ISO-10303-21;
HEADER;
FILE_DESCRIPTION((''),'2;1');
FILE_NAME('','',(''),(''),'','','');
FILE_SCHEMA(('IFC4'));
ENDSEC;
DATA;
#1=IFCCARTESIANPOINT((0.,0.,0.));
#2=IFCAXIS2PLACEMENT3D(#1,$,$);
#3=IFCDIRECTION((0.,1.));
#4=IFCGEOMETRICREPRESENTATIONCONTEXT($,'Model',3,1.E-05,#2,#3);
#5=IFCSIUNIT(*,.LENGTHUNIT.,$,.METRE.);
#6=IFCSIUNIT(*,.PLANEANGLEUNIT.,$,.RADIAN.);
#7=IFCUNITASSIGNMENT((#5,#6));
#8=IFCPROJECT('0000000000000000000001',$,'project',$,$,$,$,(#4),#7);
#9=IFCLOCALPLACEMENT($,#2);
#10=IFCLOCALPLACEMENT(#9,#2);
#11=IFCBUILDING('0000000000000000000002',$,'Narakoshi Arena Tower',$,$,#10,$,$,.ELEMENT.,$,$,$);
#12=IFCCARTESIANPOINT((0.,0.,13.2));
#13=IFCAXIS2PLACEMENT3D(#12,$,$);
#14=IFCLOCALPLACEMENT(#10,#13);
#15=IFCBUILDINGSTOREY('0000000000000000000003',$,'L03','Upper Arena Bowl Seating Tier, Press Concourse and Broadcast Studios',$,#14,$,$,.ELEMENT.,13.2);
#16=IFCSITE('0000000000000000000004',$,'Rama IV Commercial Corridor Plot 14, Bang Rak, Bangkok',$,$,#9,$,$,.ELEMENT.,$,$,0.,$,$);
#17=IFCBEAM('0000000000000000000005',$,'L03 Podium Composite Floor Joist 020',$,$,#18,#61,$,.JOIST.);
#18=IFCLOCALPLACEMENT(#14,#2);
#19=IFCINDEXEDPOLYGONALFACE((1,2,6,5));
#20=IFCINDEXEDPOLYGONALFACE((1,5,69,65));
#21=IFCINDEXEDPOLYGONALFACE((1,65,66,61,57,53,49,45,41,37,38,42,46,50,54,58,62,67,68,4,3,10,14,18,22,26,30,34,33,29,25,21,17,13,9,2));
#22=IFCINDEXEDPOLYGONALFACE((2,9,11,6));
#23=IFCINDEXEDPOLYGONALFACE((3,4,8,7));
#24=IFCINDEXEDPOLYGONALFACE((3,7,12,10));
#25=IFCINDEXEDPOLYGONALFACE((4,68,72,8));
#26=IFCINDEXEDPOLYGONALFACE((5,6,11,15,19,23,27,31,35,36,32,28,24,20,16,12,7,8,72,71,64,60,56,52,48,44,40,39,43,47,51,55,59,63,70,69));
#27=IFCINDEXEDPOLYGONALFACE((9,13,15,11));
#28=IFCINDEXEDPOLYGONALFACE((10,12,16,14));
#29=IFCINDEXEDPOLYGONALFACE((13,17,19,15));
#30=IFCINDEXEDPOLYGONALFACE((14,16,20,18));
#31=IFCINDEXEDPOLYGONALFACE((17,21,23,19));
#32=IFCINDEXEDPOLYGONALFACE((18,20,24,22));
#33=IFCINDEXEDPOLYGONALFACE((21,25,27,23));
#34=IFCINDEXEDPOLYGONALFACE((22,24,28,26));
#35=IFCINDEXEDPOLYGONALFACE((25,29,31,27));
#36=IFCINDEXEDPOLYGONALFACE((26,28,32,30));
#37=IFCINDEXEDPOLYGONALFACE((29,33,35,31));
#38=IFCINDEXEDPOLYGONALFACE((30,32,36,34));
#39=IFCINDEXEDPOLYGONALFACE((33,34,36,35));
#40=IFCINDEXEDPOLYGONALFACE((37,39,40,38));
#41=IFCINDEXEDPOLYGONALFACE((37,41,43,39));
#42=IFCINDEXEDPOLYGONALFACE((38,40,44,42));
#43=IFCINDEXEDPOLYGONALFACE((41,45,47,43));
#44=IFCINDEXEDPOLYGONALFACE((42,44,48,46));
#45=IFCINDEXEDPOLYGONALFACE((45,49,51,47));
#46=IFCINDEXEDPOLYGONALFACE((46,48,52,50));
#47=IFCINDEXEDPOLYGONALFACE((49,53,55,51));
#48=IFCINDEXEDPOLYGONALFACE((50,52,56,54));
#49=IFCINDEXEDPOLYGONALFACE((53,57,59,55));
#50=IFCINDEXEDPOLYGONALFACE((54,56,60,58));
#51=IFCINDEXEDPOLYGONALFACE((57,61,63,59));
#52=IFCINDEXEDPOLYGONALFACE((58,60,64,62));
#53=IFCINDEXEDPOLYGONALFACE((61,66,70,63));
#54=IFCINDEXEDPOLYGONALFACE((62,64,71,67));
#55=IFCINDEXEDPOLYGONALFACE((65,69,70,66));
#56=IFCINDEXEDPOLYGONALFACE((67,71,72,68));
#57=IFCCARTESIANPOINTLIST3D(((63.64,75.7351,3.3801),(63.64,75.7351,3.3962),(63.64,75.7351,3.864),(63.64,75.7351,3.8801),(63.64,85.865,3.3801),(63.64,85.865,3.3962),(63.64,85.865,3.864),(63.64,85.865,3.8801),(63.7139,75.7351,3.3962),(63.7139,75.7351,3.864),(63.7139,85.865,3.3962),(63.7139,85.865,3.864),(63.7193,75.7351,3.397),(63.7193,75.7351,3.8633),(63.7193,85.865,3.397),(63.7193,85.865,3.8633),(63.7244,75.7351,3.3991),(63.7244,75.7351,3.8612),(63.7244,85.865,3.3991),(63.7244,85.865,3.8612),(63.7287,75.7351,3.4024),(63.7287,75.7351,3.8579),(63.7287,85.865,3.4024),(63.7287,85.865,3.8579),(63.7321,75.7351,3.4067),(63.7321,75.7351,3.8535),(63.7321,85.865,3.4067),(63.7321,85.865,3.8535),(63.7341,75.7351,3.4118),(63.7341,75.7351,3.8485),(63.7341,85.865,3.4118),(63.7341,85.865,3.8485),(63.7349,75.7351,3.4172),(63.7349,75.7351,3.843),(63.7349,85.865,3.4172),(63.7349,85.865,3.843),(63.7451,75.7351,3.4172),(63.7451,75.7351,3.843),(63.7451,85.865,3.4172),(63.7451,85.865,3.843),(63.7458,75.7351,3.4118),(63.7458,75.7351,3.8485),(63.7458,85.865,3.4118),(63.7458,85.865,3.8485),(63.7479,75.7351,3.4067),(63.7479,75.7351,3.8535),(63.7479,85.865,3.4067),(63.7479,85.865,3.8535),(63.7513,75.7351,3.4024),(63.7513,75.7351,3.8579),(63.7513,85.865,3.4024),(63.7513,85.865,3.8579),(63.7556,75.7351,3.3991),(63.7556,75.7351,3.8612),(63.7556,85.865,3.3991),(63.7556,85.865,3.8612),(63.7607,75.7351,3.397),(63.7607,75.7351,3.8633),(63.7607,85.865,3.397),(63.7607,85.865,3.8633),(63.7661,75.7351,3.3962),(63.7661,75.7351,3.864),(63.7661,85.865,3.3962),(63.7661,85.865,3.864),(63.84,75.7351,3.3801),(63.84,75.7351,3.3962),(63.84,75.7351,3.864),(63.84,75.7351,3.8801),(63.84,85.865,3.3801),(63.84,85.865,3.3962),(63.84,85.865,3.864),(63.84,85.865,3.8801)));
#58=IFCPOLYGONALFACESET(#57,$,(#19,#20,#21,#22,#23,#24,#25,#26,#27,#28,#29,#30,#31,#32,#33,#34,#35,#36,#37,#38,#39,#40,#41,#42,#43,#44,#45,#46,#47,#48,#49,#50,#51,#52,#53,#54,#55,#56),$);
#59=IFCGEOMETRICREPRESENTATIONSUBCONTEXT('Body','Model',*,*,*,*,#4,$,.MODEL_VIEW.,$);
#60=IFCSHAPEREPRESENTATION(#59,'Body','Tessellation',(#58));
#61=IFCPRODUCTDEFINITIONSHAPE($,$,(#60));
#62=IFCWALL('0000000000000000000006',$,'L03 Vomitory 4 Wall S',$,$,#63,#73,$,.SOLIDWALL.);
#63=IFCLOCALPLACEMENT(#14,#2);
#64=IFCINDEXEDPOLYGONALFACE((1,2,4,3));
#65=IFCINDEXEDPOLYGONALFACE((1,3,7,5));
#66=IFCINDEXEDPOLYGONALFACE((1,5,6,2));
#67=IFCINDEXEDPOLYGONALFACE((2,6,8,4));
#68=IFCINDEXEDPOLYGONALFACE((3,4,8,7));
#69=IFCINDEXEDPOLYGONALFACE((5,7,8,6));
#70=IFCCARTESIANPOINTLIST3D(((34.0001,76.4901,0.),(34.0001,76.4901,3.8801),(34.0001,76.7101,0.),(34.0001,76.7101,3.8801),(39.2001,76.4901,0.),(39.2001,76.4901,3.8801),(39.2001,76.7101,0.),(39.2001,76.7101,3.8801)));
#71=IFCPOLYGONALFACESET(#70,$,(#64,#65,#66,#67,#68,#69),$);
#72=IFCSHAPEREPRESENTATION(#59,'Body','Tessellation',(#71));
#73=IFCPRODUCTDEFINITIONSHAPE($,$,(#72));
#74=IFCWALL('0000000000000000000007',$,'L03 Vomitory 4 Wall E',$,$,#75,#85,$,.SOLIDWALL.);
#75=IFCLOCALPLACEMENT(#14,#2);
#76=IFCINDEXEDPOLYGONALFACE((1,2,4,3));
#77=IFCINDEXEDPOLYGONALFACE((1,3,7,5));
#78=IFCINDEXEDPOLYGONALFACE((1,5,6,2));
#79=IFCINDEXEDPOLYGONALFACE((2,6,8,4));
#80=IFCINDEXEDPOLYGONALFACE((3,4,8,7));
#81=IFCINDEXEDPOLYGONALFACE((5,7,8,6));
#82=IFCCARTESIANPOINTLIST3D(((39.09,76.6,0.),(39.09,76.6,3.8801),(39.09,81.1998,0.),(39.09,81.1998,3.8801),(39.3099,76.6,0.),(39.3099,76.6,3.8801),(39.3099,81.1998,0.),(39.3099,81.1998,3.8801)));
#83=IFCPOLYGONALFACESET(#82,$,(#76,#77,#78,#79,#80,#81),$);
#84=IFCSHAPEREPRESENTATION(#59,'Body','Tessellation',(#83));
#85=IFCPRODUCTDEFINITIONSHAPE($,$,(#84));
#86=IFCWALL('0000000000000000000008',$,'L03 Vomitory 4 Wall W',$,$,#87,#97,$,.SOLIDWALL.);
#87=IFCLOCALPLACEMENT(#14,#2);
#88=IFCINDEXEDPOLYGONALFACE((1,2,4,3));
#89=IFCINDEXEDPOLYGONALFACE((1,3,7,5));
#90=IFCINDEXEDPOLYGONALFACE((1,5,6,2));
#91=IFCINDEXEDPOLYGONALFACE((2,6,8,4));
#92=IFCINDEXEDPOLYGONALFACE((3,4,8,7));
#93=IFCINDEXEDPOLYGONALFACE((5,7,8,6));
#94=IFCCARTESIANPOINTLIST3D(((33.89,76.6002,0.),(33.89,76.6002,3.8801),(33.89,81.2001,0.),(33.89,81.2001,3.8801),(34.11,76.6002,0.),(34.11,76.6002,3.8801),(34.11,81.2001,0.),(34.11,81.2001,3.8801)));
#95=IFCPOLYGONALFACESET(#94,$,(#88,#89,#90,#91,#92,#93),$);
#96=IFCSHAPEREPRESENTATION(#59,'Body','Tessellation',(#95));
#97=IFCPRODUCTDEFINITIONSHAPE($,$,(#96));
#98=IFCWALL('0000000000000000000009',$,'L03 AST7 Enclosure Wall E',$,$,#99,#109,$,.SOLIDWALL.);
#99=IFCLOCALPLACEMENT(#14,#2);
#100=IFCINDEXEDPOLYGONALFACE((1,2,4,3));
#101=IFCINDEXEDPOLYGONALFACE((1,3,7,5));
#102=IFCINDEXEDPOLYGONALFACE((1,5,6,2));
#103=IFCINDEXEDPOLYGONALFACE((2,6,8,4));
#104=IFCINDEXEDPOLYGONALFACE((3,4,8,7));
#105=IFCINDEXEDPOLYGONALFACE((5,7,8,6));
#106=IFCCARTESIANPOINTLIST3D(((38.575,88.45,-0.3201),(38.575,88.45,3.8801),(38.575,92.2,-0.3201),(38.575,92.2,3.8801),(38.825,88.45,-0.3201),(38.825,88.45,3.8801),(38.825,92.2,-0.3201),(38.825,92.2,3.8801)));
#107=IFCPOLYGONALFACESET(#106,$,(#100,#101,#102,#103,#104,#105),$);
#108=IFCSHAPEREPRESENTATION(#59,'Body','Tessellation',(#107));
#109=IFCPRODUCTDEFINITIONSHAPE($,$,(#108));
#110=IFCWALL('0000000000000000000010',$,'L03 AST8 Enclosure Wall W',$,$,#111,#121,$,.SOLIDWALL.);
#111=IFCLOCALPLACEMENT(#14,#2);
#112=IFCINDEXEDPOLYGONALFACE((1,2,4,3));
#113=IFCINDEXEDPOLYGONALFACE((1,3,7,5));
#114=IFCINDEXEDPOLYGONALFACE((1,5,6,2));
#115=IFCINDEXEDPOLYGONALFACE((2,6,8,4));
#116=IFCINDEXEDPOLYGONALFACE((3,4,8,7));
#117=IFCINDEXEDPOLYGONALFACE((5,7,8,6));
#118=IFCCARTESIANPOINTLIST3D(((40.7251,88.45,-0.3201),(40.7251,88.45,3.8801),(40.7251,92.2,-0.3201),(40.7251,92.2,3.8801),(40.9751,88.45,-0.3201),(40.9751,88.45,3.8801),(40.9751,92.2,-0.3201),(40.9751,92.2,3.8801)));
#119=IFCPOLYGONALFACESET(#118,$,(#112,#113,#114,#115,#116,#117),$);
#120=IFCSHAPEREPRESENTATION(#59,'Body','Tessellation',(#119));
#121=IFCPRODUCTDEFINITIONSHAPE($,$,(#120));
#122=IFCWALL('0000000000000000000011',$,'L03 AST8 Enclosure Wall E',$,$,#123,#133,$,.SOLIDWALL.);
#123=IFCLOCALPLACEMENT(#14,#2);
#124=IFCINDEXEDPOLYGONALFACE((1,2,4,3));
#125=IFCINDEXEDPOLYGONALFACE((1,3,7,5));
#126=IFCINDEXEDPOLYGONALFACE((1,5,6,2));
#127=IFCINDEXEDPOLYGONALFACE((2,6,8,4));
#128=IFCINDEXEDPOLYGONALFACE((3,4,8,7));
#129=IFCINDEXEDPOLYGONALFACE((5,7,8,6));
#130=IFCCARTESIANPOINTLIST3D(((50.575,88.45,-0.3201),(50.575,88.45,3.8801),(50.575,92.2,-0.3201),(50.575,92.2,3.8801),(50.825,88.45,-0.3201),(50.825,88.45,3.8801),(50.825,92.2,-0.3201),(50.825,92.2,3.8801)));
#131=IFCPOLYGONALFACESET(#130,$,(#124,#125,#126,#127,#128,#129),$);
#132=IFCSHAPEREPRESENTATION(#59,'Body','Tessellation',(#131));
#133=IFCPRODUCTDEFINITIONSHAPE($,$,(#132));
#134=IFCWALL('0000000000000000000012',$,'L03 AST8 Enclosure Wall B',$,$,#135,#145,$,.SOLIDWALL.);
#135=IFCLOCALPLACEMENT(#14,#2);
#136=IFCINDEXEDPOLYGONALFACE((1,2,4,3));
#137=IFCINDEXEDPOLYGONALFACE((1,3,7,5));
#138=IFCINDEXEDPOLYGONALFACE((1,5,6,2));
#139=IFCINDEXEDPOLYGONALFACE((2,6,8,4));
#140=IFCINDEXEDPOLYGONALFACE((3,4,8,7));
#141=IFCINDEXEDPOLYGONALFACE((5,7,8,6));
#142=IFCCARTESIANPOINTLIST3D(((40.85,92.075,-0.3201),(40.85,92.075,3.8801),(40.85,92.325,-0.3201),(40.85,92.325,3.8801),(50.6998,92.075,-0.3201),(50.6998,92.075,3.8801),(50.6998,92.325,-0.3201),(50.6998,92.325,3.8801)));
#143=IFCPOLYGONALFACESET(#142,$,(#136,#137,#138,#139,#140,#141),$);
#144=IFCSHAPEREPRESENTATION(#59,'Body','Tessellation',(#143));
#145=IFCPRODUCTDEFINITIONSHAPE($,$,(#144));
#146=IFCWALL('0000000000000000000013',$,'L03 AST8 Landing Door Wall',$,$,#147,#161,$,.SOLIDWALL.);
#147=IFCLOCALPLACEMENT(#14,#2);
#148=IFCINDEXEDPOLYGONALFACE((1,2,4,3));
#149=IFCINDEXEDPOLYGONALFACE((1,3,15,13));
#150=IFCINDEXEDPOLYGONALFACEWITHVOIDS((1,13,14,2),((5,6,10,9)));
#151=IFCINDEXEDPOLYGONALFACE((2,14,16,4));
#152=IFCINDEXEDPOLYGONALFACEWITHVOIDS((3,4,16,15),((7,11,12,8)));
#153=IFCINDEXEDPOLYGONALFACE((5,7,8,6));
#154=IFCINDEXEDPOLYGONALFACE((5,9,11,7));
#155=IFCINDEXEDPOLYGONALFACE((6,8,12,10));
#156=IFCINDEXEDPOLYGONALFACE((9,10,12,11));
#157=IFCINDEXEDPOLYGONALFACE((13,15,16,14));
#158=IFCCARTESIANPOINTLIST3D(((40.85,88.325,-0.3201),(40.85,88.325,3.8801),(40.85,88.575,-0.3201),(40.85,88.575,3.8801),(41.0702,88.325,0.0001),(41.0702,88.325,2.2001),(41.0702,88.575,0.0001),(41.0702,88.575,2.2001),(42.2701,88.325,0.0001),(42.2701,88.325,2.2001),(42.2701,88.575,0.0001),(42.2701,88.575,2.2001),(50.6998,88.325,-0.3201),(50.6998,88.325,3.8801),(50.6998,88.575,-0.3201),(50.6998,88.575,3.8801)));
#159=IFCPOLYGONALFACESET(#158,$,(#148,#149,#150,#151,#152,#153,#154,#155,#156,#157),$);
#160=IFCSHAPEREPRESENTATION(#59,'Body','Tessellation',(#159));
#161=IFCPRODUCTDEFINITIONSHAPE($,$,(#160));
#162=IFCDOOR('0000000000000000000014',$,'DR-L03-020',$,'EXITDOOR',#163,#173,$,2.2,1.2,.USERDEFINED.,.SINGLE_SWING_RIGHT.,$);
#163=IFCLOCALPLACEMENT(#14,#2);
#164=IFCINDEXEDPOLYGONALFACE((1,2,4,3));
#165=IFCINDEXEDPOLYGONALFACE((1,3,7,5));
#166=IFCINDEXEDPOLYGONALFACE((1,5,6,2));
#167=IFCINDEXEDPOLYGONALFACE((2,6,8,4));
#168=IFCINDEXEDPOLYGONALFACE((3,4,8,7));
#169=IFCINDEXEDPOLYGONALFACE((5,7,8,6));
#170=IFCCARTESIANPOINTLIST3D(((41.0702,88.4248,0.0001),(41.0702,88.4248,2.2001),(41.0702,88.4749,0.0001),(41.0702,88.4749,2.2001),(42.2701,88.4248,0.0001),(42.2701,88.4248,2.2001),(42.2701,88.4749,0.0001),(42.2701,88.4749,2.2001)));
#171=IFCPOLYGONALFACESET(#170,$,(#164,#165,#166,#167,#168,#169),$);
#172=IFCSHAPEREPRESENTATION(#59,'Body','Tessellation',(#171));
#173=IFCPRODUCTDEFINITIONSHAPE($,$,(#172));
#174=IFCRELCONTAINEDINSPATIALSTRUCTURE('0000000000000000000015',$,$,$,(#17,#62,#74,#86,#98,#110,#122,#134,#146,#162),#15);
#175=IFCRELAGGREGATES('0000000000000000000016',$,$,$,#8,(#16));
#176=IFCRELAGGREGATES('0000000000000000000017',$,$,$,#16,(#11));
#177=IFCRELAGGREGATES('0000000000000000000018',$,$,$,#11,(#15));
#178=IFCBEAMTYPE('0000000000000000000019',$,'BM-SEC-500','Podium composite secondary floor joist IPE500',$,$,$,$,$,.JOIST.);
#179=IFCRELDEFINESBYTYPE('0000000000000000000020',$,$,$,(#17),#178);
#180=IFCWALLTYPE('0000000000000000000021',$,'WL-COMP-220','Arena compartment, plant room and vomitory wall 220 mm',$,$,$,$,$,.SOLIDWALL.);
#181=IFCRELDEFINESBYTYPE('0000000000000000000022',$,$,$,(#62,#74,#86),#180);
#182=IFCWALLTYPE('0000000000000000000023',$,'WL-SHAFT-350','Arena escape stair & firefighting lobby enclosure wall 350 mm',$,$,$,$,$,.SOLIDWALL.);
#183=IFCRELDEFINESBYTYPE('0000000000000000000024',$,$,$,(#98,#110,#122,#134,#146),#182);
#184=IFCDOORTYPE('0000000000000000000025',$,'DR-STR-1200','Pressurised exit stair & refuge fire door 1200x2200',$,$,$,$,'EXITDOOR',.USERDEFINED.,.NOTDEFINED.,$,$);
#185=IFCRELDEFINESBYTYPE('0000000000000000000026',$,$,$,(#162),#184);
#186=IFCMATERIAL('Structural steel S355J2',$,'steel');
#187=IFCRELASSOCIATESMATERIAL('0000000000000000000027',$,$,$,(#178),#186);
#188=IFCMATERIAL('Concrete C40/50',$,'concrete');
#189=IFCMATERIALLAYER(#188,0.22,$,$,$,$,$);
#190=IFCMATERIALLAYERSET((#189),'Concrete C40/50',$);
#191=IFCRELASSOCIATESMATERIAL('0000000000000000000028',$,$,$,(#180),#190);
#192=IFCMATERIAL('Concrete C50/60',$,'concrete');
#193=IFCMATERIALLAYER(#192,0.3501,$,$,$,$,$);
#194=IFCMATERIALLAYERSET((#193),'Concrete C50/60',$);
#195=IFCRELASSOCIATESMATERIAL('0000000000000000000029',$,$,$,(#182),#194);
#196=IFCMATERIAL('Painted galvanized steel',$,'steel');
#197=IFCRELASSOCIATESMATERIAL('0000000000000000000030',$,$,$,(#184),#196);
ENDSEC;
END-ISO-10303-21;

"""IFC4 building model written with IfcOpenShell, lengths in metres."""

from ifc_helpers import new_model, si_unit, direction, frame, frame_2d, origin, origin_2d, place, context, subcontext, project, spatial, rectangle, i_section, extrude, material, layer, layer_set, material_profile, profile_set, type_object, element, fill, save


model = new_model("IFC4")

# Units and contexts
model_context = context("Model", 3, precision=1e-05, world=origin(), true_north=direction((0.0, 1.0)))
body_context = subcontext(model_context, "Body", "Model", "MODEL_VIEW")
ifc_project = project(units=[si_unit("LENGTHUNIT", "METRE"), si_unit("PLANEANGLEUNIT", "RADIAN")], contexts=[model_context])

# Site, building, storey
site_placement = place(None, origin())
site = spatial("IfcSite", under=ifc_project, at=site_placement, Name="Rama IV Commercial Corridor Plot 14, Bang Rak, Bangkok", CompositionType="ELEMENT", RefElevation=0.0)
building_placement = place(site_placement, origin())
building = spatial("IfcBuilding", under=site, at=building_placement, Name="Narakoshi Arena Tower", CompositionType="ELEMENT")
storey_placement = place(building_placement, frame((0.0, 0.0, 13.2)))
storey = spatial("IfcBuildingStorey", under=building, at=storey_placement, Name="L03", Description="Upper Arena Bowl Seating Tier, Press Concourse and Broadcast Studios", CompositionType="ELEMENT", Elevation=13.2)

# Beam
ifc_material_1 = material(Name="Structural steel S355J2", Category="steel")
ifc_material_profile_1 = material_profile(ifc_material_1, i_section(OverallWidth=0.2, OverallDepth=0.5, WebThickness=0.0103, FlangeThickness=0.0161, FilletRadius=0.021, at=origin_2d()), Name="IPE500")
ifc_profile_set_1 = profile_set([ifc_material_profile_1], Name="Structural steel S355J2")
beam_type_1 = type_object("IfcBeamType", Name="BM-SEC-500", Description="Podium composite secondary floor joist IPE500", PredefinedType="JOIST", material=ifc_profile_set_1)
for number, where, z_axis, x_axis, name in (
    (1, (63.74, 75.7351, 3.6301), (0.0, 1.0, 0.0), (-1.0, 0.0, 0.0), "L03 Podium Composite Floor Joist 020"),
):
    element("IfcBeam", number, at=place(storey_placement, frame(where, z_axis=z_axis, x_axis=x_axis)), inside=storey, type_object=beam_type_1, Name=name, PredefinedType="JOIST", context=body_context, shape_type="SweptSolid", body=[
        extrude(i_section(OverallWidth=0.2, OverallDepth=0.5, WebThickness=0.0103, FlangeThickness=0.0161, FilletRadius=0.021, at=origin_2d()), origin(), (0.0, 0.0, 1.0), 10.1299),
    ])

# Walls
ifc_material_2 = material(Name="Concrete C40/50", Category="concrete")
ifc_layer_1 = layer(ifc_material_2, 0.22)
ifc_layer_set_1 = layer_set([ifc_layer_1], Name="Concrete C40/50")
wall_type_1 = type_object("IfcWallType", Name="WL-COMP-220", Description="Arena compartment, plant room and vomitory wall 220 mm", PredefinedType="SOLIDWALL", material=ifc_layer_set_1)
wall_1_placement = place(storey_placement, frame((34.0, 76.6001, 0.0), z_axis=(0.0, 0.0, 1.0), x_axis=(1.0, 0.0, 0.0)))
element("IfcWall", 2, at=wall_1_placement, inside=storey, type_object=wall_type_1, Name="L03 Vomitory 4 Wall S", PredefinedType="SOLIDWALL", context=body_context, shape_type="SweptSolid", body=[
    extrude(rectangle(XDim=5.2, YDim=0.22, at=frame_2d((2.6001, 0.0))), origin(), (0.0, 0.0, 1.0), 3.8801),
])
wall_2_placement = place(storey_placement, frame((39.2, 76.6001, 0.0), z_axis=(0.0, 0.0, 1.0), x_axis=(0.0, 1.0, 0.0)))
element("IfcWall", 3, at=wall_2_placement, inside=storey, type_object=wall_type_1, Name="L03 Vomitory 4 Wall E", PredefinedType="SOLIDWALL", context=body_context, shape_type="SweptSolid", body=[
    extrude(rectangle(XDim=4.5999, YDim=0.22, at=frame_2d((2.2998, 0.0))), origin(), (0.0, 0.0, 1.0), 3.8801),
])

# Shared definitions
ifc_material_3 = material(Name="Painted galvanized steel", Category="steel")

# Walls
wall_3_placement = place(storey_placement, frame((34.0, 81.2, 0.0), z_axis=(0.0, 0.0, 1.0), x_axis=(0.0, -1.0, 0.0)))
element("IfcWall", 4, at=wall_3_placement, inside=storey, type_object=wall_type_1, Name="L03 Vomitory 4 Wall W", PredefinedType="SOLIDWALL", context=body_context, shape_type="SweptSolid", body=[
    extrude(rectangle(XDim=4.5999, YDim=0.22, at=frame_2d((2.2998, 0.0))), origin(), (0.0, 0.0, 1.0), 3.8801),
])
ifc_material_4 = material(Name="Concrete C50/60", Category="concrete")
ifc_layer_2 = layer(ifc_material_4, 0.3501)
ifc_layer_set_2 = layer_set([ifc_layer_2], Name="Concrete C50/60")
wall_type_2 = type_object("IfcWallType", Name="WL-SHAFT-350", Description="Arena escape stair & firefighting lobby enclosure wall 350 mm", PredefinedType="SOLIDWALL", material=ifc_layer_set_2)
for number, where, z_axis, x_axis, name in (
    (5, (38.7, 88.45, -0.3201), (0.0, 0.0, 1.0), (0.0, 1.0, 0.0), "L03 AST7 Enclosure Wall E"),
    (6, (40.8501, 88.45, -0.3201), (0.0, 0.0, 1.0), (0.0, 1.0, 0.0), "L03 AST8 Enclosure Wall W"),
    (7, (50.7, 88.45, -0.3201), (0.0, 0.0, 1.0), (0.0, 1.0, 0.0), "L03 AST8 Enclosure Wall E"),
):
    element("IfcWall", number, at=place(storey_placement, frame(where, z_axis=z_axis, x_axis=x_axis)), inside=storey, type_object=wall_type_2, Name=name, PredefinedType="SOLIDWALL", context=body_context, shape_type="SweptSolid", body=[
        extrude(rectangle(XDim=3.75, YDim=0.25, at=frame_2d((1.875, 0.0))), origin(), (0.0, 0.0, 1.0), 4.2002),
    ])
wall_4_placement = place(storey_placement, frame((40.8501, 92.2, -0.3201), z_axis=(0.0, 0.0, 1.0), x_axis=(1.0, 0.0, 0.0)))
element("IfcWall", 8, at=wall_4_placement, inside=storey, type_object=wall_type_2, Name="L03 AST8 Enclosure Wall B", PredefinedType="SOLIDWALL", context=body_context, shape_type="SweptSolid", body=[
    extrude(rectangle(XDim=9.8499, YDim=0.25, at=frame_2d((4.9248, 0.0))), origin(), (0.0, 0.0, 1.0), 4.2002),
])

# Wall, opening, door
wall_5_placement = place(storey_placement, frame((40.8501, 88.45, -0.3201), z_axis=(0.0, 0.0, 1.0), x_axis=(1.0, 0.0, 0.0)))
wall_5 = element("IfcWall", 9, at=wall_5_placement, inside=storey, type_object=wall_type_2, Name="L03 AST8 Landing Door Wall", PredefinedType="SOLIDWALL", context=body_context, shape_type="SweptSolid", body=[
    extrude(rectangle(XDim=9.8499, YDim=0.25, at=frame_2d((4.9248, 0.0))), origin(), (0.0, 0.0, 1.0), 4.2002),
])
opening_1_placement = place(wall_5_placement, frame((0.22, 0.0, 0.3201)))
opening_1 = element("IfcOpeningElement", 10, at=opening_1_placement, cuts=wall_5, PredefinedType="OPENING", context=body_context, shape_type="SweptSolid", body=[
    extrude(rectangle(XDim=1.2, YDim=2.2, at=frame_2d((0.6001, 1.1001))), frame((0.0, 0.135, 0.0), z_axis=(0.0, -1.0, 0.0), x_axis=(1.0, 0.0, 0.0)), (0.0, 0.0, 1.0), 0.27),
])
door_type_1 = type_object("IfcDoorType", Name="DR-STR-1200", Description="Pressurised exit stair & refuge fire door 1200x2200", ElementType="EXITDOOR", OperationType="NOTDEFINED", PredefinedType="USERDEFINED", material=ifc_material_3)
door_1_placement = place(opening_1_placement, origin())
door_1 = element("IfcDoor", 11, at=door_1_placement, inside=storey, type_object=door_type_1, Name="DR-L03-020", ObjectType="EXITDOOR", OperationType="SINGLE_SWING_RIGHT", OverallHeight=2.2, OverallWidth=1.2, PredefinedType="USERDEFINED", context=body_context, shape_type="SweptSolid", body=[
    extrude(rectangle(XDim=1.2, YDim=2.2, at=frame_2d((0.6001, 1.1001))), frame((0.0, 0.0249, 0.0), z_axis=(0.0, -1.0, 0.0), x_axis=(1.0, 0.0, 0.0)), (0.0, 0.0, 1.0), 0.05),
])
fill(opening_1, door_1)

save(model, "model.ifc")
